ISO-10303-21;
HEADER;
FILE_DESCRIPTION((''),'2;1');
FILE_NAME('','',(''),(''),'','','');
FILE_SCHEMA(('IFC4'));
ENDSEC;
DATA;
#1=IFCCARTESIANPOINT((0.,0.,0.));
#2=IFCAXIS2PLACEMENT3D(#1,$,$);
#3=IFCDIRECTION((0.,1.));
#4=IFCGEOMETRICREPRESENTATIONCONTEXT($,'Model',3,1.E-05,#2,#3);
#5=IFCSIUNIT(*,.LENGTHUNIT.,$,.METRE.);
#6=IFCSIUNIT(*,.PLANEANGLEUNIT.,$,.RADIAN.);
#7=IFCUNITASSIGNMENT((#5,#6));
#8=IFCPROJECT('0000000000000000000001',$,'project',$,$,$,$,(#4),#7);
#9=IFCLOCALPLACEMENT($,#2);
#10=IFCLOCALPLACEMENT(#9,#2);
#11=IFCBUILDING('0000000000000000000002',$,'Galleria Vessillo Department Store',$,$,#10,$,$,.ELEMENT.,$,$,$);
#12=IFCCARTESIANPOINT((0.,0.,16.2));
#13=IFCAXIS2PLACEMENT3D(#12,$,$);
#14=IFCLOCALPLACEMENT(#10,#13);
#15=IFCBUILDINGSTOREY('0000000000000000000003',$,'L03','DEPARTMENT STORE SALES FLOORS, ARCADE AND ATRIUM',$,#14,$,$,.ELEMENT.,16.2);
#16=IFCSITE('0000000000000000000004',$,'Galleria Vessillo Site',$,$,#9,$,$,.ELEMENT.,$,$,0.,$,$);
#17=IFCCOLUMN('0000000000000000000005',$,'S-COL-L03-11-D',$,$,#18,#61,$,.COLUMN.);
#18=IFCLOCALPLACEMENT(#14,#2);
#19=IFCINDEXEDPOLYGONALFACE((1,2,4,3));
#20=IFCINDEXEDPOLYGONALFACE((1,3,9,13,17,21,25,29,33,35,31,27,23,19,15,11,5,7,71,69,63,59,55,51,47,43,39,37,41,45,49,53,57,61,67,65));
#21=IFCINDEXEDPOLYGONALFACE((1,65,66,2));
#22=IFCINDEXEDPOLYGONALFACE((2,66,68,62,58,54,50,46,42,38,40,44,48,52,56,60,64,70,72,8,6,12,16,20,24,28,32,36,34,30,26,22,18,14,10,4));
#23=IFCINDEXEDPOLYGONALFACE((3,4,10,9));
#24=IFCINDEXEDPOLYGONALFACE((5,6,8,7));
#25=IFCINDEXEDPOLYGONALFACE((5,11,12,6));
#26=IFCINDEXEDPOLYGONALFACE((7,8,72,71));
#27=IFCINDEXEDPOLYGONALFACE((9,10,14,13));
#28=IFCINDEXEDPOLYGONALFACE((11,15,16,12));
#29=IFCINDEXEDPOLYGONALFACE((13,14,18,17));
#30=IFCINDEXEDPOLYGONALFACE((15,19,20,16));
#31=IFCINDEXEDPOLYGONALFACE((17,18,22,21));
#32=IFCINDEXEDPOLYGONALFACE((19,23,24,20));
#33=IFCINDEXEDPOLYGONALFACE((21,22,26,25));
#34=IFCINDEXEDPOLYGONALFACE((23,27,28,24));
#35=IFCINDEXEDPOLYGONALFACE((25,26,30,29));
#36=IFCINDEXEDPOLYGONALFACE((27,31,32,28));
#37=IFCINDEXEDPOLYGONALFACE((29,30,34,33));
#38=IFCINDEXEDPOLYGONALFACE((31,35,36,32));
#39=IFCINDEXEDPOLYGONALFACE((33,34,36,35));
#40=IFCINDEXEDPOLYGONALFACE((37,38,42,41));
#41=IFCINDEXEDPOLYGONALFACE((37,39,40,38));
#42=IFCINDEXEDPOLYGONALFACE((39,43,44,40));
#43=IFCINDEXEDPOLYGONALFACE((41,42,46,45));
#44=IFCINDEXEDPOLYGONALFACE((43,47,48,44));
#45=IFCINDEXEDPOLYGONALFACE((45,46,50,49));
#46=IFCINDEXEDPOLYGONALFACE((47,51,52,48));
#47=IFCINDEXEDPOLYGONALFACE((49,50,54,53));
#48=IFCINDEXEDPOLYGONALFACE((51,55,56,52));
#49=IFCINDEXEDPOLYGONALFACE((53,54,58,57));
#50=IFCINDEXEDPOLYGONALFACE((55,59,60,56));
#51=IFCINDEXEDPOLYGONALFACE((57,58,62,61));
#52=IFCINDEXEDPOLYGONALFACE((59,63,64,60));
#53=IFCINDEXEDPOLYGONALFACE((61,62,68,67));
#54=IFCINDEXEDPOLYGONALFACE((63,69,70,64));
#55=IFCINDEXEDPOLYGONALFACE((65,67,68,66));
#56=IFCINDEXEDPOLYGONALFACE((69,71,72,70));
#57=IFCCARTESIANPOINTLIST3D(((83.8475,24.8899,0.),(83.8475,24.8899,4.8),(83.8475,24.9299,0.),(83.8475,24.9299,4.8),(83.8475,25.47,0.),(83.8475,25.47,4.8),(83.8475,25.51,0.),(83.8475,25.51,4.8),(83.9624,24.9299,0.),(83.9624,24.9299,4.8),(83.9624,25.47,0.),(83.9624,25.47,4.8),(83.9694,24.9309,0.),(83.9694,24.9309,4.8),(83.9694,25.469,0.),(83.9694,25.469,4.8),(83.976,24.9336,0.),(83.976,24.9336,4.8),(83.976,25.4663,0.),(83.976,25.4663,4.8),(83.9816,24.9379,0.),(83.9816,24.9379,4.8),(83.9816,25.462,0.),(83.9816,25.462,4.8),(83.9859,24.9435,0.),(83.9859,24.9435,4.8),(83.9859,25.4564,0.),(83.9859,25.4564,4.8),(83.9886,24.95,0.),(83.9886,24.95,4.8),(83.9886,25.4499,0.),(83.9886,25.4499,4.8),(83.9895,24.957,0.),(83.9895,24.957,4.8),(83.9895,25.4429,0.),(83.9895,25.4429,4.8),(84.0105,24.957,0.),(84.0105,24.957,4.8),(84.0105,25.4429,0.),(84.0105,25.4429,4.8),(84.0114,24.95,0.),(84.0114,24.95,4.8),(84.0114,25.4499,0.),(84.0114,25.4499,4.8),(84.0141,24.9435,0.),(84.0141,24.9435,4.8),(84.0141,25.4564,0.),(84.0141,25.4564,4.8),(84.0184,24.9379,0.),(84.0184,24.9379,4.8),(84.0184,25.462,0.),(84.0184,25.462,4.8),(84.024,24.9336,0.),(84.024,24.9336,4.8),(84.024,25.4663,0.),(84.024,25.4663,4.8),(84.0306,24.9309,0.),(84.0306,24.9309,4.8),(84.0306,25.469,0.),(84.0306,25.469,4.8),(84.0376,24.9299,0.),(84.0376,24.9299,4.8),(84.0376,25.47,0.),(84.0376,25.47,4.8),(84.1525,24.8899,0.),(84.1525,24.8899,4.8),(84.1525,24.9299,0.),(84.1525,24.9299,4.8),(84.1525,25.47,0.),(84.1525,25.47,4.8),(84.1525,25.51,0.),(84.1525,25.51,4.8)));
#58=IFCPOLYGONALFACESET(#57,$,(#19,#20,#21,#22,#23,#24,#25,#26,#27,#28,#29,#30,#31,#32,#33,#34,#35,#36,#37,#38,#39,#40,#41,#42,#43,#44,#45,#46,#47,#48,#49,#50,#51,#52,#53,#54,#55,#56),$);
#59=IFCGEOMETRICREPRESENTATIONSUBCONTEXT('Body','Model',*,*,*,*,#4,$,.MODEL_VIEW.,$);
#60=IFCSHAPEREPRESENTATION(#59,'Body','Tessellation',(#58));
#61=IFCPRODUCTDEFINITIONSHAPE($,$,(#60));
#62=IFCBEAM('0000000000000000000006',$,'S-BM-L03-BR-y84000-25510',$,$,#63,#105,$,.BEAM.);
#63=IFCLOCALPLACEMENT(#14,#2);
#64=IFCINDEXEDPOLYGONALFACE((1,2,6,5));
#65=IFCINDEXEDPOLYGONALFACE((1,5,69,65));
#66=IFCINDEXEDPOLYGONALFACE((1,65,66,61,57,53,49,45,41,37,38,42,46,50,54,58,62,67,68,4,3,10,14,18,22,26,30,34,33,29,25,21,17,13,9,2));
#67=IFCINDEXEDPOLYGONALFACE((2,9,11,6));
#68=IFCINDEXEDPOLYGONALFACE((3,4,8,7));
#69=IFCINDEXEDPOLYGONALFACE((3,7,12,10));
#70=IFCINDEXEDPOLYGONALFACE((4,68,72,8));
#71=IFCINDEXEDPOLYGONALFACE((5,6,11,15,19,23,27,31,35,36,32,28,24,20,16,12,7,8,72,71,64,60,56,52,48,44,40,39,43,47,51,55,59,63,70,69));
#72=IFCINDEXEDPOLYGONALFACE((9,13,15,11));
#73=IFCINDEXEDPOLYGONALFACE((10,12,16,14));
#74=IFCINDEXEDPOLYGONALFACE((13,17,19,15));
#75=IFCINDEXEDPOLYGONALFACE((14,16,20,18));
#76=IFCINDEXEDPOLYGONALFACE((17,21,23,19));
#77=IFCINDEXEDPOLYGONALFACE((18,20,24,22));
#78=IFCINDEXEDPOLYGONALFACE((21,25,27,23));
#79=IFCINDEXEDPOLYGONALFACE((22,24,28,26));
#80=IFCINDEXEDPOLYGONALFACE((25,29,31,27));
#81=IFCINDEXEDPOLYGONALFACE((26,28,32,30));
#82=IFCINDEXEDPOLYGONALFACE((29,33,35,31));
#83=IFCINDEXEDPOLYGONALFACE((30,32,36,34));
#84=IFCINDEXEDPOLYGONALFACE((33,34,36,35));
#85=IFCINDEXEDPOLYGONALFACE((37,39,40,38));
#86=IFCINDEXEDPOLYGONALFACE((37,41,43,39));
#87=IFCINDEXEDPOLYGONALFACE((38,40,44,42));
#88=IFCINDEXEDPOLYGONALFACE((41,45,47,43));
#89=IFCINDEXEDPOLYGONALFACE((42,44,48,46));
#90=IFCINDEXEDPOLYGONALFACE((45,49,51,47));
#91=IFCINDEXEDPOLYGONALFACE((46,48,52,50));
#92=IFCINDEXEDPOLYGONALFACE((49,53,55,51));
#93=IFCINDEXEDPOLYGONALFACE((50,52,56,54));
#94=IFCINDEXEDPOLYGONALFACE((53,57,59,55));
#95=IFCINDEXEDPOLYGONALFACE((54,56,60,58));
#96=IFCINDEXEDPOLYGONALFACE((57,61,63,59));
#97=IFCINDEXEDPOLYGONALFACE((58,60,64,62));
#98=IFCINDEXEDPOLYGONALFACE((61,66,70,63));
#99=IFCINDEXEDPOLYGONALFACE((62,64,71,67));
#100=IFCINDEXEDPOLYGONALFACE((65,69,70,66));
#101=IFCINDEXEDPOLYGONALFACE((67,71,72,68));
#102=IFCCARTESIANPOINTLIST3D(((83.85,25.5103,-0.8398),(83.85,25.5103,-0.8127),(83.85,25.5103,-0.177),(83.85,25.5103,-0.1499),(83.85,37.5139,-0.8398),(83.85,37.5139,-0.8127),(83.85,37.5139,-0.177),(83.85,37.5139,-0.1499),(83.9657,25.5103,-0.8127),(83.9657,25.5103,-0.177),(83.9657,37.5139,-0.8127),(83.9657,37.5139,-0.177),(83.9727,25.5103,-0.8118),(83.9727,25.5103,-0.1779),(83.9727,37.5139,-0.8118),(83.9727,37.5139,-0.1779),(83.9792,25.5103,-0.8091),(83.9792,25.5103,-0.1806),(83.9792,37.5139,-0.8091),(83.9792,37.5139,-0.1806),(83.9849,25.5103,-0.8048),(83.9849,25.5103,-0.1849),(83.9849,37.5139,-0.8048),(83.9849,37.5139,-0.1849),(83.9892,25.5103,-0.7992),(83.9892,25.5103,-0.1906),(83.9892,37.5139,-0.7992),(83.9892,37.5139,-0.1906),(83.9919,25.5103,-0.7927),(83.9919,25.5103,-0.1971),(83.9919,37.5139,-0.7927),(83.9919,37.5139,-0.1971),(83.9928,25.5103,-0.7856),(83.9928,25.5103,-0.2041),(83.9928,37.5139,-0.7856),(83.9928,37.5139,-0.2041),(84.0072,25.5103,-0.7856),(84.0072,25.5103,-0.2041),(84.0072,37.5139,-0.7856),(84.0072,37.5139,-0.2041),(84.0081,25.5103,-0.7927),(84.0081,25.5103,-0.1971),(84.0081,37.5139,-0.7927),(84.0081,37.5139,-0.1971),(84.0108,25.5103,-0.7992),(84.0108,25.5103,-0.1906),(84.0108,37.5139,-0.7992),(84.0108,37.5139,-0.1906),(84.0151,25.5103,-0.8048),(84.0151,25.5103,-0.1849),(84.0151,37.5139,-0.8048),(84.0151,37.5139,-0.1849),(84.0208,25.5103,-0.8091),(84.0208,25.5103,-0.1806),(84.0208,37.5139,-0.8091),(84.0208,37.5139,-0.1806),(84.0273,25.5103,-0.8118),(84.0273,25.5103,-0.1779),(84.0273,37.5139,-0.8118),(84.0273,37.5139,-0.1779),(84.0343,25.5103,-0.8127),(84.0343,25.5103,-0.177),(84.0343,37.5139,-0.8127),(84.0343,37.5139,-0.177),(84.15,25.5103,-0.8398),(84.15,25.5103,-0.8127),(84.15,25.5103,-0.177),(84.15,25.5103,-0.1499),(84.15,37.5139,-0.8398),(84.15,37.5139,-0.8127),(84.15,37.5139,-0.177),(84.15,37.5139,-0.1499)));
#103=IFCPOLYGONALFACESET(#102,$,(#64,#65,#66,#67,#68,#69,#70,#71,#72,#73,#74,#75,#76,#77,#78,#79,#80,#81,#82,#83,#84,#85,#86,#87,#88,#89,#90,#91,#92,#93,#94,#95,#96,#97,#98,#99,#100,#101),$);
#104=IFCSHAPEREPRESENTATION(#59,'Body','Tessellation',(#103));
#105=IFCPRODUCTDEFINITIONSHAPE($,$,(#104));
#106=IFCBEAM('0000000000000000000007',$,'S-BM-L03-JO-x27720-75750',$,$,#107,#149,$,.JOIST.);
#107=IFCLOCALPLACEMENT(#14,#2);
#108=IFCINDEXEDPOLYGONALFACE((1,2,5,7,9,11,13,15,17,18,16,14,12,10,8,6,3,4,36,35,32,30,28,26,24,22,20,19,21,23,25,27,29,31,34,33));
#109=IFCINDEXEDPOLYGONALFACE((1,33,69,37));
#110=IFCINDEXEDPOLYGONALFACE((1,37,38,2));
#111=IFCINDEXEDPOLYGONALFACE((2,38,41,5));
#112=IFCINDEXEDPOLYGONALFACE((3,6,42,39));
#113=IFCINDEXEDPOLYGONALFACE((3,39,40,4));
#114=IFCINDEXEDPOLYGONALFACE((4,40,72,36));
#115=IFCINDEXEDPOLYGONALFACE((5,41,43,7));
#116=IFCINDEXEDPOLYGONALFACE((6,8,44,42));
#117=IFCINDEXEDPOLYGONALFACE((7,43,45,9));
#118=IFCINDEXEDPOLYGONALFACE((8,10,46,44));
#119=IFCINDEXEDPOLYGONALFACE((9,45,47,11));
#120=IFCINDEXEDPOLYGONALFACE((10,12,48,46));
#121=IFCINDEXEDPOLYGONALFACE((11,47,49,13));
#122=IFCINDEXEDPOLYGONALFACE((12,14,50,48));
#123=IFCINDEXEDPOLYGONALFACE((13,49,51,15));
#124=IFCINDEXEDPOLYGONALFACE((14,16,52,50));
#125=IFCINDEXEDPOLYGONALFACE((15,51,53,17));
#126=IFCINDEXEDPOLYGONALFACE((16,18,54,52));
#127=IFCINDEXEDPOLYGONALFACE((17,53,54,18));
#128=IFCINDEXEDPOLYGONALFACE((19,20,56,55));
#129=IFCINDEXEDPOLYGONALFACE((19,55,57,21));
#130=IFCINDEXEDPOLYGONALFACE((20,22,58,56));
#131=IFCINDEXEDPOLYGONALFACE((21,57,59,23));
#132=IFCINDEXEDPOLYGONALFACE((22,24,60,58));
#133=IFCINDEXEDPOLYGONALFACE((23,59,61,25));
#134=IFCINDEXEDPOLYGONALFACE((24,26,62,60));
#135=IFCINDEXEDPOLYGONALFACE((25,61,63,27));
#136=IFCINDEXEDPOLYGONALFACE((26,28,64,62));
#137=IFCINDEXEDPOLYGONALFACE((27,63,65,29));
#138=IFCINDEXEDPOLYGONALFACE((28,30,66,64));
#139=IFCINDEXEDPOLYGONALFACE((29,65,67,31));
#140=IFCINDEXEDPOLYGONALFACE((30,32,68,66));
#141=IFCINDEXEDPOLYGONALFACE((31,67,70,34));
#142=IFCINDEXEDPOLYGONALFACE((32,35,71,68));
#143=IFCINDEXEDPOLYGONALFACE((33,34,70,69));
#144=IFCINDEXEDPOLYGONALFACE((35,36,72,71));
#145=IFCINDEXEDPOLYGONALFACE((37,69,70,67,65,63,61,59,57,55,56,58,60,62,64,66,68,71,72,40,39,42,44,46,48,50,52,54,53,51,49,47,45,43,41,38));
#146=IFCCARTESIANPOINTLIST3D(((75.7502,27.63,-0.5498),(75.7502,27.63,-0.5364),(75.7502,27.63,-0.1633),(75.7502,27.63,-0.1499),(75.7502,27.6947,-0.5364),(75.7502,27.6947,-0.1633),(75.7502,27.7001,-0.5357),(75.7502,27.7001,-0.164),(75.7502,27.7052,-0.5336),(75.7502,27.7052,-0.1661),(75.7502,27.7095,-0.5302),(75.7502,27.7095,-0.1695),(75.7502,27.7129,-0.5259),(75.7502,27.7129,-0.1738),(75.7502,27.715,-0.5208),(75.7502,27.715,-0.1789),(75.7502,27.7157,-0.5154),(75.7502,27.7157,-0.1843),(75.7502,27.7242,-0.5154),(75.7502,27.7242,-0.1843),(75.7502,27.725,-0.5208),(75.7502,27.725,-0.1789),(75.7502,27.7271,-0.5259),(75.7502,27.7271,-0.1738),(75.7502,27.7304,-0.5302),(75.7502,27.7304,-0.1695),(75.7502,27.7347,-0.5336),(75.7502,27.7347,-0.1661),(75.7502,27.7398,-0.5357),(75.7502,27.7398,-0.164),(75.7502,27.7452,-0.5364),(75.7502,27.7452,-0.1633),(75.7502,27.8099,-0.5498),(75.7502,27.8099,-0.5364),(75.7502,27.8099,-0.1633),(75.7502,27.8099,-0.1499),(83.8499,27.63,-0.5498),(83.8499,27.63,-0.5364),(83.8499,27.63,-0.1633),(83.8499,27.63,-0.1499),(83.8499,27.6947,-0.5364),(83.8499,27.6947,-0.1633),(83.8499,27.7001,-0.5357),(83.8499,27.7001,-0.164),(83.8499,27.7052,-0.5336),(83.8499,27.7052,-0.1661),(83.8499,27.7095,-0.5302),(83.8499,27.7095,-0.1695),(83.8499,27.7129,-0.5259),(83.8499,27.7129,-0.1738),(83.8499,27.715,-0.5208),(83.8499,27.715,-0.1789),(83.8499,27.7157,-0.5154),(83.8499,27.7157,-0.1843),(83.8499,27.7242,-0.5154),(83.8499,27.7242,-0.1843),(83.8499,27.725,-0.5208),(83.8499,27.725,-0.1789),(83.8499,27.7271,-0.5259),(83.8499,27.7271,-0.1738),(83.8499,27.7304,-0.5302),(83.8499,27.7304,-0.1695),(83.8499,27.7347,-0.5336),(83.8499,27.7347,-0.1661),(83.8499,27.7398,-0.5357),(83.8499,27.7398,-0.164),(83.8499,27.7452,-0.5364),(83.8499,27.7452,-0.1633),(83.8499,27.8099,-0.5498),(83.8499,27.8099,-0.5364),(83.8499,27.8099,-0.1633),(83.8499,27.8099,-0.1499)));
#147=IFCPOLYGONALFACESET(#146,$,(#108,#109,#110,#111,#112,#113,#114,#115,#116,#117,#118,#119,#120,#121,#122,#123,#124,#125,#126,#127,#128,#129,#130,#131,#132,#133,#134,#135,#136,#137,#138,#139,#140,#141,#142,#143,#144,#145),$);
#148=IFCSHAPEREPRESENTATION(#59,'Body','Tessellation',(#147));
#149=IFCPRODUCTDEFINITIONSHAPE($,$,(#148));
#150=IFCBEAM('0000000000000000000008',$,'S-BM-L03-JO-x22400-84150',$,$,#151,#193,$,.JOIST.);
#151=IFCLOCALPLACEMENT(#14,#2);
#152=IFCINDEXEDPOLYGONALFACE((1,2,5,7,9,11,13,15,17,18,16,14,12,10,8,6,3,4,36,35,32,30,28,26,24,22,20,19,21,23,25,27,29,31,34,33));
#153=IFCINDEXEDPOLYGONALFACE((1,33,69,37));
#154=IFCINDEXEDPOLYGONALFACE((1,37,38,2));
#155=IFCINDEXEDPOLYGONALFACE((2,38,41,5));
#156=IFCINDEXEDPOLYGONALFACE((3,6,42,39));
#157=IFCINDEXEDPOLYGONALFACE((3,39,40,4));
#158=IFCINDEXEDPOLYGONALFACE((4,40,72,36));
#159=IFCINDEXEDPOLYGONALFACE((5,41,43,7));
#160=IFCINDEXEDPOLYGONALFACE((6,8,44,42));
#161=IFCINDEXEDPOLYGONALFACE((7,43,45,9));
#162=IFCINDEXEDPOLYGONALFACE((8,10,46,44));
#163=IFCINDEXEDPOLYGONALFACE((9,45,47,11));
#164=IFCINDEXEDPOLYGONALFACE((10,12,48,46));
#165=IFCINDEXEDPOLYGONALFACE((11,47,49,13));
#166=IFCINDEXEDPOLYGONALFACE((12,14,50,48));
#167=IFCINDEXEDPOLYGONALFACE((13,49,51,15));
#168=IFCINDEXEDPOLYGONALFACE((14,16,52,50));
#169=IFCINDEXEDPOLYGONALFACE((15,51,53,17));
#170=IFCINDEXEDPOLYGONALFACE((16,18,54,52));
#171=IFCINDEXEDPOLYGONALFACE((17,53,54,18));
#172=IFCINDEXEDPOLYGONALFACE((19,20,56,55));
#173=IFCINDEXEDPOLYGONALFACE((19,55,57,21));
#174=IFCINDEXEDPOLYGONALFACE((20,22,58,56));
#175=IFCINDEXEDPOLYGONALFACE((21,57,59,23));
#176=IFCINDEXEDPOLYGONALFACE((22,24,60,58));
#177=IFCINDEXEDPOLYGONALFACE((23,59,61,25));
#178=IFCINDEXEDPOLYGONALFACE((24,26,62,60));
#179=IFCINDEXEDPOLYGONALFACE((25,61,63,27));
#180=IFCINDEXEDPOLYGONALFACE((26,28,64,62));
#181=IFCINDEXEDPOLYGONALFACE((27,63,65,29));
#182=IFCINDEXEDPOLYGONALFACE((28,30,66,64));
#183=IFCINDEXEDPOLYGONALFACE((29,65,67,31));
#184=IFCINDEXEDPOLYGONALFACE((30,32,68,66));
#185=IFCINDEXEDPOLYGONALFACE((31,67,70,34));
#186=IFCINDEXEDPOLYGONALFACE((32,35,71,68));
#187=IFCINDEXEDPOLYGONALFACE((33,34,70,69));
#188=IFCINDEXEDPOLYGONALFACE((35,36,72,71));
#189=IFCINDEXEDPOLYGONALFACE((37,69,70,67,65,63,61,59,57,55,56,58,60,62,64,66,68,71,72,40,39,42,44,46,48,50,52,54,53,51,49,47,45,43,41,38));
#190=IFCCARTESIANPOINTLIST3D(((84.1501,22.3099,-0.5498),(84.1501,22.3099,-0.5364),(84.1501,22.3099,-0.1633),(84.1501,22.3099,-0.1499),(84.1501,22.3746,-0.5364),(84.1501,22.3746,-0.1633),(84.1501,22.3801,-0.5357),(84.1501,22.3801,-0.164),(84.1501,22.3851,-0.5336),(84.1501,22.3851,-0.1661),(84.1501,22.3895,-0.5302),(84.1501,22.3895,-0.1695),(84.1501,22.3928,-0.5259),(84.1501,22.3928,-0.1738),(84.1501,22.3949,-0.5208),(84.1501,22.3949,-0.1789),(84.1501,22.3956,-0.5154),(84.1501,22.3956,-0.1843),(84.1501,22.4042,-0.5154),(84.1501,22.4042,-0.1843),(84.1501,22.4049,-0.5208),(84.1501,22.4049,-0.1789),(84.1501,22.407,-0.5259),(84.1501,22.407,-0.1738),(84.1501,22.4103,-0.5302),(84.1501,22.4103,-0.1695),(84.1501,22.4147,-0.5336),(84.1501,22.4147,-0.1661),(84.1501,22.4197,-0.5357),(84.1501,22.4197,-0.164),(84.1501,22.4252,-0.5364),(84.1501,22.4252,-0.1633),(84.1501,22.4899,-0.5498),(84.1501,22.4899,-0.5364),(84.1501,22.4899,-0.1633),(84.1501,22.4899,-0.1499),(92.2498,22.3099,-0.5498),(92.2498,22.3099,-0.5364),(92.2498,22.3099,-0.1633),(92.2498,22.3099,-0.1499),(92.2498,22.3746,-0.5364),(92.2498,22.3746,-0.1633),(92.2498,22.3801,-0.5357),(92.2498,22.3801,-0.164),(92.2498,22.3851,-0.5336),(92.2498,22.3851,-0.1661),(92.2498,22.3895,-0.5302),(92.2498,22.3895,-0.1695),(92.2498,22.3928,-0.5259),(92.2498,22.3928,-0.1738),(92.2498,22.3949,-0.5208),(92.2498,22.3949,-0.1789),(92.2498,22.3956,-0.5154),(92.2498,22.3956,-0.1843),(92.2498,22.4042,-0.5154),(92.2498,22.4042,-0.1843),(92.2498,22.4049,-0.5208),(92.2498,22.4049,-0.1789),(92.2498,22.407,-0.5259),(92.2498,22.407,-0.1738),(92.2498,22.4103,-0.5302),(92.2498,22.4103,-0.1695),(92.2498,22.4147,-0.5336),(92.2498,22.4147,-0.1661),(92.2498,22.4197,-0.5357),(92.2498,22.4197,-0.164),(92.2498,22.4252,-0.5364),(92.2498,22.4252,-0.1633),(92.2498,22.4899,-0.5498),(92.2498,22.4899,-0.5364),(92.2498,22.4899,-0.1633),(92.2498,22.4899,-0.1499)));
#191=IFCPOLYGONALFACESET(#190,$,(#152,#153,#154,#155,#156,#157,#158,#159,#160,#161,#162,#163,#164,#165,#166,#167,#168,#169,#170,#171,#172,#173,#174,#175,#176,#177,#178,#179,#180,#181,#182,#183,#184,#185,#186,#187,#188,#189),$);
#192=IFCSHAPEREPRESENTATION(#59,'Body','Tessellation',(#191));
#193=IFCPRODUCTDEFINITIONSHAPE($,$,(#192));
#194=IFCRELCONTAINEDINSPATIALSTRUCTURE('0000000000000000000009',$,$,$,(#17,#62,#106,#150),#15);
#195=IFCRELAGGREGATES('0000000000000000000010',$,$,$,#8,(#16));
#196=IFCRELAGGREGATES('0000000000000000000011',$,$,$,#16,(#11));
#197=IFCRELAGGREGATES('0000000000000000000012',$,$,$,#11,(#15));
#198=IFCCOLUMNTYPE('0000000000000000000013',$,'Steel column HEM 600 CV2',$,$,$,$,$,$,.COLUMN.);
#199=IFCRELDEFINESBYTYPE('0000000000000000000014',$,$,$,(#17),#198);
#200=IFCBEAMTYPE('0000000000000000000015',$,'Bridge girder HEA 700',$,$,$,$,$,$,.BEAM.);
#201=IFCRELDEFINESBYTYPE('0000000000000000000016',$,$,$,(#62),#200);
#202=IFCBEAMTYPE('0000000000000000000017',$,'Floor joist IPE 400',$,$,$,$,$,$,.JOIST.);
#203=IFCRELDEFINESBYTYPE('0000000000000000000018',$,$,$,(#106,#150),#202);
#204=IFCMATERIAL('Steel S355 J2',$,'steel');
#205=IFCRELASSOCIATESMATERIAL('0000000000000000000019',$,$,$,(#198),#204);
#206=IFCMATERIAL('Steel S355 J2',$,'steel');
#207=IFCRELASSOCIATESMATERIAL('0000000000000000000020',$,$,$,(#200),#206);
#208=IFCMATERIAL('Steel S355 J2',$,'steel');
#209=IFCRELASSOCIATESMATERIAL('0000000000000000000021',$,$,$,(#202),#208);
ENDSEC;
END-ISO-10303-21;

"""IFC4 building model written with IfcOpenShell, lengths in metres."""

from ifc_helpers import new_model, si_unit, direction, frame, origin, origin_2d, place, context, subcontext, project, spatial, i_section, extrude, material, material_profile, profile_set, type_object, element, save


model = new_model("IFC4")

# Units and contexts
model_context = context("Model", 3, precision=1e-05, world=origin(), true_north=direction((0.0, 1.0)))
body_context = subcontext(model_context, "Body", "Model", "MODEL_VIEW")
ifc_project = project(units=[si_unit("LENGTHUNIT", "METRE"), si_unit("PLANEANGLEUNIT", "RADIAN")], contexts=[model_context])

# Site, building, storey
site_placement = place(None, origin())
site = spatial("IfcSite", under=ifc_project, at=site_placement, Name="Galleria Vessillo Site", CompositionType="ELEMENT", RefElevation=0.0)
building_placement = place(site_placement, origin())
building = spatial("IfcBuilding", under=site, at=building_placement, Name="Galleria Vessillo Department Store", CompositionType="ELEMENT")
storey_placement = place(building_placement, frame((0.0, 0.0, 16.2)))
storey = spatial("IfcBuildingStorey", under=building, at=storey_placement, Name="L03", Description="DEPARTMENT STORE SALES FLOORS, ARCADE AND ATRIUM", CompositionType="ELEMENT", Elevation=16.2)

# Column
ifc_material_1 = material(Name="Steel S355 J2", Category="steel")
ifc_material_profile_1 = material_profile(ifc_material_1, i_section(OverallWidth=0.3049, OverallDepth=0.6201, WebThickness=0.021, FlangeThickness=0.04, FilletRadius=0.0271, at=origin_2d()), Name="HEM 600")
ifc_profile_set_1 = profile_set([ifc_material_profile_1], Name="Steel S355 J2")
column_type = type_object("IfcColumnType", Name="Steel column HEM 600 CV2", PredefinedType="COLUMN", material=ifc_profile_set_1)
column_placement = place(storey_placement, frame((84.0, 25.2, 0.0), z_axis=(0.0, 0.0, 1.0), x_axis=(1.0, 0.0, 0.0)))
element("IfcColumn", 1, at=column_placement, inside=storey, type_object=column_type, Name="S-COL-L03-11-D", PredefinedType="COLUMN", context=body_context, shape_type="SweptSolid", body=[
    extrude(i_section(OverallWidth=0.3049, OverallDepth=0.6201, WebThickness=0.021, FlangeThickness=0.04, FilletRadius=0.0271, at=origin_2d()), origin(), (0.0, 0.0, 1.0), 4.8),
])

# Beams
ifc_material_2 = material(Name="Steel S355 J2", Category="steel")
ifc_material_profile_2 = material_profile(ifc_material_2, i_section(OverallWidth=0.3, OverallDepth=0.6899, WebThickness=0.0144, FlangeThickness=0.0271, FilletRadius=0.0271, at=origin_2d()), Name="HEA 700")
ifc_profile_set_2 = profile_set([ifc_material_profile_2], Name="Steel S355 J2")
beam_type_1 = type_object("IfcBeamType", Name="Bridge girder HEA 700", PredefinedType="BEAM", material=ifc_profile_set_2)
beam_1_placement = place(storey_placement, frame((84.0, 25.5103, -0.4949), z_axis=(0.0, 1.0, 0.0), x_axis=(-1.0, 0.0, 0.0)))
element("IfcBeam", 2, at=beam_1_placement, inside=storey, type_object=beam_type_1, Name="S-BM-L03-BR-y84000-25510", PredefinedType="BEAM", context=body_context, shape_type="SweptSolid", body=[
    extrude(i_section(OverallWidth=0.3, OverallDepth=0.6899, WebThickness=0.0144, FlangeThickness=0.0271, FilletRadius=0.0271, at=origin_2d()), origin(), (0.0, 0.0, 1.0), 12.0037),
])
ifc_material_3 = material(Name="Steel S355 J2", Category="steel")
ifc_material_profile_3 = material_profile(ifc_material_3, i_section(OverallWidth=0.1799, OverallDepth=0.3999, WebThickness=0.0085, FlangeThickness=0.0134, FilletRadius=0.021, at=origin_2d()), Name="IPE 400")
ifc_profile_set_3 = profile_set([ifc_material_profile_3], Name="Steel S355 J2")
beam_type_2 = type_object("IfcBeamType", Name="Floor joist IPE 400", PredefinedType="JOIST", material=ifc_profile_set_3)
for number, where, z_axis, x_axis, name in (
    (3, (75.7502, 27.72, -0.3499), (1.0, 0.0, 0.0), (0.0, 1.0, 0.0), "S-BM-L03-JO-x27720-75750"),
    (4, (84.1501, 22.3999, -0.3499), (1.0, 0.0, 0.0), (0.0, 1.0, 0.0), "S-BM-L03-JO-x22400-84150"),
):
    element("IfcBeam", number, at=place(storey_placement, frame(where, z_axis=z_axis, x_axis=x_axis)), inside=storey, type_object=beam_type_2, Name=name, PredefinedType="JOIST", context=body_context, shape_type="SweptSolid", body=[
        extrude(i_section(OverallWidth=0.1799, OverallDepth=0.3999, WebThickness=0.0085, FlangeThickness=0.0134, FilletRadius=0.021, at=origin_2d()), origin(), (0.0, 0.0, 1.0), 8.0996),
    ])

save(model, "model.ifc")
